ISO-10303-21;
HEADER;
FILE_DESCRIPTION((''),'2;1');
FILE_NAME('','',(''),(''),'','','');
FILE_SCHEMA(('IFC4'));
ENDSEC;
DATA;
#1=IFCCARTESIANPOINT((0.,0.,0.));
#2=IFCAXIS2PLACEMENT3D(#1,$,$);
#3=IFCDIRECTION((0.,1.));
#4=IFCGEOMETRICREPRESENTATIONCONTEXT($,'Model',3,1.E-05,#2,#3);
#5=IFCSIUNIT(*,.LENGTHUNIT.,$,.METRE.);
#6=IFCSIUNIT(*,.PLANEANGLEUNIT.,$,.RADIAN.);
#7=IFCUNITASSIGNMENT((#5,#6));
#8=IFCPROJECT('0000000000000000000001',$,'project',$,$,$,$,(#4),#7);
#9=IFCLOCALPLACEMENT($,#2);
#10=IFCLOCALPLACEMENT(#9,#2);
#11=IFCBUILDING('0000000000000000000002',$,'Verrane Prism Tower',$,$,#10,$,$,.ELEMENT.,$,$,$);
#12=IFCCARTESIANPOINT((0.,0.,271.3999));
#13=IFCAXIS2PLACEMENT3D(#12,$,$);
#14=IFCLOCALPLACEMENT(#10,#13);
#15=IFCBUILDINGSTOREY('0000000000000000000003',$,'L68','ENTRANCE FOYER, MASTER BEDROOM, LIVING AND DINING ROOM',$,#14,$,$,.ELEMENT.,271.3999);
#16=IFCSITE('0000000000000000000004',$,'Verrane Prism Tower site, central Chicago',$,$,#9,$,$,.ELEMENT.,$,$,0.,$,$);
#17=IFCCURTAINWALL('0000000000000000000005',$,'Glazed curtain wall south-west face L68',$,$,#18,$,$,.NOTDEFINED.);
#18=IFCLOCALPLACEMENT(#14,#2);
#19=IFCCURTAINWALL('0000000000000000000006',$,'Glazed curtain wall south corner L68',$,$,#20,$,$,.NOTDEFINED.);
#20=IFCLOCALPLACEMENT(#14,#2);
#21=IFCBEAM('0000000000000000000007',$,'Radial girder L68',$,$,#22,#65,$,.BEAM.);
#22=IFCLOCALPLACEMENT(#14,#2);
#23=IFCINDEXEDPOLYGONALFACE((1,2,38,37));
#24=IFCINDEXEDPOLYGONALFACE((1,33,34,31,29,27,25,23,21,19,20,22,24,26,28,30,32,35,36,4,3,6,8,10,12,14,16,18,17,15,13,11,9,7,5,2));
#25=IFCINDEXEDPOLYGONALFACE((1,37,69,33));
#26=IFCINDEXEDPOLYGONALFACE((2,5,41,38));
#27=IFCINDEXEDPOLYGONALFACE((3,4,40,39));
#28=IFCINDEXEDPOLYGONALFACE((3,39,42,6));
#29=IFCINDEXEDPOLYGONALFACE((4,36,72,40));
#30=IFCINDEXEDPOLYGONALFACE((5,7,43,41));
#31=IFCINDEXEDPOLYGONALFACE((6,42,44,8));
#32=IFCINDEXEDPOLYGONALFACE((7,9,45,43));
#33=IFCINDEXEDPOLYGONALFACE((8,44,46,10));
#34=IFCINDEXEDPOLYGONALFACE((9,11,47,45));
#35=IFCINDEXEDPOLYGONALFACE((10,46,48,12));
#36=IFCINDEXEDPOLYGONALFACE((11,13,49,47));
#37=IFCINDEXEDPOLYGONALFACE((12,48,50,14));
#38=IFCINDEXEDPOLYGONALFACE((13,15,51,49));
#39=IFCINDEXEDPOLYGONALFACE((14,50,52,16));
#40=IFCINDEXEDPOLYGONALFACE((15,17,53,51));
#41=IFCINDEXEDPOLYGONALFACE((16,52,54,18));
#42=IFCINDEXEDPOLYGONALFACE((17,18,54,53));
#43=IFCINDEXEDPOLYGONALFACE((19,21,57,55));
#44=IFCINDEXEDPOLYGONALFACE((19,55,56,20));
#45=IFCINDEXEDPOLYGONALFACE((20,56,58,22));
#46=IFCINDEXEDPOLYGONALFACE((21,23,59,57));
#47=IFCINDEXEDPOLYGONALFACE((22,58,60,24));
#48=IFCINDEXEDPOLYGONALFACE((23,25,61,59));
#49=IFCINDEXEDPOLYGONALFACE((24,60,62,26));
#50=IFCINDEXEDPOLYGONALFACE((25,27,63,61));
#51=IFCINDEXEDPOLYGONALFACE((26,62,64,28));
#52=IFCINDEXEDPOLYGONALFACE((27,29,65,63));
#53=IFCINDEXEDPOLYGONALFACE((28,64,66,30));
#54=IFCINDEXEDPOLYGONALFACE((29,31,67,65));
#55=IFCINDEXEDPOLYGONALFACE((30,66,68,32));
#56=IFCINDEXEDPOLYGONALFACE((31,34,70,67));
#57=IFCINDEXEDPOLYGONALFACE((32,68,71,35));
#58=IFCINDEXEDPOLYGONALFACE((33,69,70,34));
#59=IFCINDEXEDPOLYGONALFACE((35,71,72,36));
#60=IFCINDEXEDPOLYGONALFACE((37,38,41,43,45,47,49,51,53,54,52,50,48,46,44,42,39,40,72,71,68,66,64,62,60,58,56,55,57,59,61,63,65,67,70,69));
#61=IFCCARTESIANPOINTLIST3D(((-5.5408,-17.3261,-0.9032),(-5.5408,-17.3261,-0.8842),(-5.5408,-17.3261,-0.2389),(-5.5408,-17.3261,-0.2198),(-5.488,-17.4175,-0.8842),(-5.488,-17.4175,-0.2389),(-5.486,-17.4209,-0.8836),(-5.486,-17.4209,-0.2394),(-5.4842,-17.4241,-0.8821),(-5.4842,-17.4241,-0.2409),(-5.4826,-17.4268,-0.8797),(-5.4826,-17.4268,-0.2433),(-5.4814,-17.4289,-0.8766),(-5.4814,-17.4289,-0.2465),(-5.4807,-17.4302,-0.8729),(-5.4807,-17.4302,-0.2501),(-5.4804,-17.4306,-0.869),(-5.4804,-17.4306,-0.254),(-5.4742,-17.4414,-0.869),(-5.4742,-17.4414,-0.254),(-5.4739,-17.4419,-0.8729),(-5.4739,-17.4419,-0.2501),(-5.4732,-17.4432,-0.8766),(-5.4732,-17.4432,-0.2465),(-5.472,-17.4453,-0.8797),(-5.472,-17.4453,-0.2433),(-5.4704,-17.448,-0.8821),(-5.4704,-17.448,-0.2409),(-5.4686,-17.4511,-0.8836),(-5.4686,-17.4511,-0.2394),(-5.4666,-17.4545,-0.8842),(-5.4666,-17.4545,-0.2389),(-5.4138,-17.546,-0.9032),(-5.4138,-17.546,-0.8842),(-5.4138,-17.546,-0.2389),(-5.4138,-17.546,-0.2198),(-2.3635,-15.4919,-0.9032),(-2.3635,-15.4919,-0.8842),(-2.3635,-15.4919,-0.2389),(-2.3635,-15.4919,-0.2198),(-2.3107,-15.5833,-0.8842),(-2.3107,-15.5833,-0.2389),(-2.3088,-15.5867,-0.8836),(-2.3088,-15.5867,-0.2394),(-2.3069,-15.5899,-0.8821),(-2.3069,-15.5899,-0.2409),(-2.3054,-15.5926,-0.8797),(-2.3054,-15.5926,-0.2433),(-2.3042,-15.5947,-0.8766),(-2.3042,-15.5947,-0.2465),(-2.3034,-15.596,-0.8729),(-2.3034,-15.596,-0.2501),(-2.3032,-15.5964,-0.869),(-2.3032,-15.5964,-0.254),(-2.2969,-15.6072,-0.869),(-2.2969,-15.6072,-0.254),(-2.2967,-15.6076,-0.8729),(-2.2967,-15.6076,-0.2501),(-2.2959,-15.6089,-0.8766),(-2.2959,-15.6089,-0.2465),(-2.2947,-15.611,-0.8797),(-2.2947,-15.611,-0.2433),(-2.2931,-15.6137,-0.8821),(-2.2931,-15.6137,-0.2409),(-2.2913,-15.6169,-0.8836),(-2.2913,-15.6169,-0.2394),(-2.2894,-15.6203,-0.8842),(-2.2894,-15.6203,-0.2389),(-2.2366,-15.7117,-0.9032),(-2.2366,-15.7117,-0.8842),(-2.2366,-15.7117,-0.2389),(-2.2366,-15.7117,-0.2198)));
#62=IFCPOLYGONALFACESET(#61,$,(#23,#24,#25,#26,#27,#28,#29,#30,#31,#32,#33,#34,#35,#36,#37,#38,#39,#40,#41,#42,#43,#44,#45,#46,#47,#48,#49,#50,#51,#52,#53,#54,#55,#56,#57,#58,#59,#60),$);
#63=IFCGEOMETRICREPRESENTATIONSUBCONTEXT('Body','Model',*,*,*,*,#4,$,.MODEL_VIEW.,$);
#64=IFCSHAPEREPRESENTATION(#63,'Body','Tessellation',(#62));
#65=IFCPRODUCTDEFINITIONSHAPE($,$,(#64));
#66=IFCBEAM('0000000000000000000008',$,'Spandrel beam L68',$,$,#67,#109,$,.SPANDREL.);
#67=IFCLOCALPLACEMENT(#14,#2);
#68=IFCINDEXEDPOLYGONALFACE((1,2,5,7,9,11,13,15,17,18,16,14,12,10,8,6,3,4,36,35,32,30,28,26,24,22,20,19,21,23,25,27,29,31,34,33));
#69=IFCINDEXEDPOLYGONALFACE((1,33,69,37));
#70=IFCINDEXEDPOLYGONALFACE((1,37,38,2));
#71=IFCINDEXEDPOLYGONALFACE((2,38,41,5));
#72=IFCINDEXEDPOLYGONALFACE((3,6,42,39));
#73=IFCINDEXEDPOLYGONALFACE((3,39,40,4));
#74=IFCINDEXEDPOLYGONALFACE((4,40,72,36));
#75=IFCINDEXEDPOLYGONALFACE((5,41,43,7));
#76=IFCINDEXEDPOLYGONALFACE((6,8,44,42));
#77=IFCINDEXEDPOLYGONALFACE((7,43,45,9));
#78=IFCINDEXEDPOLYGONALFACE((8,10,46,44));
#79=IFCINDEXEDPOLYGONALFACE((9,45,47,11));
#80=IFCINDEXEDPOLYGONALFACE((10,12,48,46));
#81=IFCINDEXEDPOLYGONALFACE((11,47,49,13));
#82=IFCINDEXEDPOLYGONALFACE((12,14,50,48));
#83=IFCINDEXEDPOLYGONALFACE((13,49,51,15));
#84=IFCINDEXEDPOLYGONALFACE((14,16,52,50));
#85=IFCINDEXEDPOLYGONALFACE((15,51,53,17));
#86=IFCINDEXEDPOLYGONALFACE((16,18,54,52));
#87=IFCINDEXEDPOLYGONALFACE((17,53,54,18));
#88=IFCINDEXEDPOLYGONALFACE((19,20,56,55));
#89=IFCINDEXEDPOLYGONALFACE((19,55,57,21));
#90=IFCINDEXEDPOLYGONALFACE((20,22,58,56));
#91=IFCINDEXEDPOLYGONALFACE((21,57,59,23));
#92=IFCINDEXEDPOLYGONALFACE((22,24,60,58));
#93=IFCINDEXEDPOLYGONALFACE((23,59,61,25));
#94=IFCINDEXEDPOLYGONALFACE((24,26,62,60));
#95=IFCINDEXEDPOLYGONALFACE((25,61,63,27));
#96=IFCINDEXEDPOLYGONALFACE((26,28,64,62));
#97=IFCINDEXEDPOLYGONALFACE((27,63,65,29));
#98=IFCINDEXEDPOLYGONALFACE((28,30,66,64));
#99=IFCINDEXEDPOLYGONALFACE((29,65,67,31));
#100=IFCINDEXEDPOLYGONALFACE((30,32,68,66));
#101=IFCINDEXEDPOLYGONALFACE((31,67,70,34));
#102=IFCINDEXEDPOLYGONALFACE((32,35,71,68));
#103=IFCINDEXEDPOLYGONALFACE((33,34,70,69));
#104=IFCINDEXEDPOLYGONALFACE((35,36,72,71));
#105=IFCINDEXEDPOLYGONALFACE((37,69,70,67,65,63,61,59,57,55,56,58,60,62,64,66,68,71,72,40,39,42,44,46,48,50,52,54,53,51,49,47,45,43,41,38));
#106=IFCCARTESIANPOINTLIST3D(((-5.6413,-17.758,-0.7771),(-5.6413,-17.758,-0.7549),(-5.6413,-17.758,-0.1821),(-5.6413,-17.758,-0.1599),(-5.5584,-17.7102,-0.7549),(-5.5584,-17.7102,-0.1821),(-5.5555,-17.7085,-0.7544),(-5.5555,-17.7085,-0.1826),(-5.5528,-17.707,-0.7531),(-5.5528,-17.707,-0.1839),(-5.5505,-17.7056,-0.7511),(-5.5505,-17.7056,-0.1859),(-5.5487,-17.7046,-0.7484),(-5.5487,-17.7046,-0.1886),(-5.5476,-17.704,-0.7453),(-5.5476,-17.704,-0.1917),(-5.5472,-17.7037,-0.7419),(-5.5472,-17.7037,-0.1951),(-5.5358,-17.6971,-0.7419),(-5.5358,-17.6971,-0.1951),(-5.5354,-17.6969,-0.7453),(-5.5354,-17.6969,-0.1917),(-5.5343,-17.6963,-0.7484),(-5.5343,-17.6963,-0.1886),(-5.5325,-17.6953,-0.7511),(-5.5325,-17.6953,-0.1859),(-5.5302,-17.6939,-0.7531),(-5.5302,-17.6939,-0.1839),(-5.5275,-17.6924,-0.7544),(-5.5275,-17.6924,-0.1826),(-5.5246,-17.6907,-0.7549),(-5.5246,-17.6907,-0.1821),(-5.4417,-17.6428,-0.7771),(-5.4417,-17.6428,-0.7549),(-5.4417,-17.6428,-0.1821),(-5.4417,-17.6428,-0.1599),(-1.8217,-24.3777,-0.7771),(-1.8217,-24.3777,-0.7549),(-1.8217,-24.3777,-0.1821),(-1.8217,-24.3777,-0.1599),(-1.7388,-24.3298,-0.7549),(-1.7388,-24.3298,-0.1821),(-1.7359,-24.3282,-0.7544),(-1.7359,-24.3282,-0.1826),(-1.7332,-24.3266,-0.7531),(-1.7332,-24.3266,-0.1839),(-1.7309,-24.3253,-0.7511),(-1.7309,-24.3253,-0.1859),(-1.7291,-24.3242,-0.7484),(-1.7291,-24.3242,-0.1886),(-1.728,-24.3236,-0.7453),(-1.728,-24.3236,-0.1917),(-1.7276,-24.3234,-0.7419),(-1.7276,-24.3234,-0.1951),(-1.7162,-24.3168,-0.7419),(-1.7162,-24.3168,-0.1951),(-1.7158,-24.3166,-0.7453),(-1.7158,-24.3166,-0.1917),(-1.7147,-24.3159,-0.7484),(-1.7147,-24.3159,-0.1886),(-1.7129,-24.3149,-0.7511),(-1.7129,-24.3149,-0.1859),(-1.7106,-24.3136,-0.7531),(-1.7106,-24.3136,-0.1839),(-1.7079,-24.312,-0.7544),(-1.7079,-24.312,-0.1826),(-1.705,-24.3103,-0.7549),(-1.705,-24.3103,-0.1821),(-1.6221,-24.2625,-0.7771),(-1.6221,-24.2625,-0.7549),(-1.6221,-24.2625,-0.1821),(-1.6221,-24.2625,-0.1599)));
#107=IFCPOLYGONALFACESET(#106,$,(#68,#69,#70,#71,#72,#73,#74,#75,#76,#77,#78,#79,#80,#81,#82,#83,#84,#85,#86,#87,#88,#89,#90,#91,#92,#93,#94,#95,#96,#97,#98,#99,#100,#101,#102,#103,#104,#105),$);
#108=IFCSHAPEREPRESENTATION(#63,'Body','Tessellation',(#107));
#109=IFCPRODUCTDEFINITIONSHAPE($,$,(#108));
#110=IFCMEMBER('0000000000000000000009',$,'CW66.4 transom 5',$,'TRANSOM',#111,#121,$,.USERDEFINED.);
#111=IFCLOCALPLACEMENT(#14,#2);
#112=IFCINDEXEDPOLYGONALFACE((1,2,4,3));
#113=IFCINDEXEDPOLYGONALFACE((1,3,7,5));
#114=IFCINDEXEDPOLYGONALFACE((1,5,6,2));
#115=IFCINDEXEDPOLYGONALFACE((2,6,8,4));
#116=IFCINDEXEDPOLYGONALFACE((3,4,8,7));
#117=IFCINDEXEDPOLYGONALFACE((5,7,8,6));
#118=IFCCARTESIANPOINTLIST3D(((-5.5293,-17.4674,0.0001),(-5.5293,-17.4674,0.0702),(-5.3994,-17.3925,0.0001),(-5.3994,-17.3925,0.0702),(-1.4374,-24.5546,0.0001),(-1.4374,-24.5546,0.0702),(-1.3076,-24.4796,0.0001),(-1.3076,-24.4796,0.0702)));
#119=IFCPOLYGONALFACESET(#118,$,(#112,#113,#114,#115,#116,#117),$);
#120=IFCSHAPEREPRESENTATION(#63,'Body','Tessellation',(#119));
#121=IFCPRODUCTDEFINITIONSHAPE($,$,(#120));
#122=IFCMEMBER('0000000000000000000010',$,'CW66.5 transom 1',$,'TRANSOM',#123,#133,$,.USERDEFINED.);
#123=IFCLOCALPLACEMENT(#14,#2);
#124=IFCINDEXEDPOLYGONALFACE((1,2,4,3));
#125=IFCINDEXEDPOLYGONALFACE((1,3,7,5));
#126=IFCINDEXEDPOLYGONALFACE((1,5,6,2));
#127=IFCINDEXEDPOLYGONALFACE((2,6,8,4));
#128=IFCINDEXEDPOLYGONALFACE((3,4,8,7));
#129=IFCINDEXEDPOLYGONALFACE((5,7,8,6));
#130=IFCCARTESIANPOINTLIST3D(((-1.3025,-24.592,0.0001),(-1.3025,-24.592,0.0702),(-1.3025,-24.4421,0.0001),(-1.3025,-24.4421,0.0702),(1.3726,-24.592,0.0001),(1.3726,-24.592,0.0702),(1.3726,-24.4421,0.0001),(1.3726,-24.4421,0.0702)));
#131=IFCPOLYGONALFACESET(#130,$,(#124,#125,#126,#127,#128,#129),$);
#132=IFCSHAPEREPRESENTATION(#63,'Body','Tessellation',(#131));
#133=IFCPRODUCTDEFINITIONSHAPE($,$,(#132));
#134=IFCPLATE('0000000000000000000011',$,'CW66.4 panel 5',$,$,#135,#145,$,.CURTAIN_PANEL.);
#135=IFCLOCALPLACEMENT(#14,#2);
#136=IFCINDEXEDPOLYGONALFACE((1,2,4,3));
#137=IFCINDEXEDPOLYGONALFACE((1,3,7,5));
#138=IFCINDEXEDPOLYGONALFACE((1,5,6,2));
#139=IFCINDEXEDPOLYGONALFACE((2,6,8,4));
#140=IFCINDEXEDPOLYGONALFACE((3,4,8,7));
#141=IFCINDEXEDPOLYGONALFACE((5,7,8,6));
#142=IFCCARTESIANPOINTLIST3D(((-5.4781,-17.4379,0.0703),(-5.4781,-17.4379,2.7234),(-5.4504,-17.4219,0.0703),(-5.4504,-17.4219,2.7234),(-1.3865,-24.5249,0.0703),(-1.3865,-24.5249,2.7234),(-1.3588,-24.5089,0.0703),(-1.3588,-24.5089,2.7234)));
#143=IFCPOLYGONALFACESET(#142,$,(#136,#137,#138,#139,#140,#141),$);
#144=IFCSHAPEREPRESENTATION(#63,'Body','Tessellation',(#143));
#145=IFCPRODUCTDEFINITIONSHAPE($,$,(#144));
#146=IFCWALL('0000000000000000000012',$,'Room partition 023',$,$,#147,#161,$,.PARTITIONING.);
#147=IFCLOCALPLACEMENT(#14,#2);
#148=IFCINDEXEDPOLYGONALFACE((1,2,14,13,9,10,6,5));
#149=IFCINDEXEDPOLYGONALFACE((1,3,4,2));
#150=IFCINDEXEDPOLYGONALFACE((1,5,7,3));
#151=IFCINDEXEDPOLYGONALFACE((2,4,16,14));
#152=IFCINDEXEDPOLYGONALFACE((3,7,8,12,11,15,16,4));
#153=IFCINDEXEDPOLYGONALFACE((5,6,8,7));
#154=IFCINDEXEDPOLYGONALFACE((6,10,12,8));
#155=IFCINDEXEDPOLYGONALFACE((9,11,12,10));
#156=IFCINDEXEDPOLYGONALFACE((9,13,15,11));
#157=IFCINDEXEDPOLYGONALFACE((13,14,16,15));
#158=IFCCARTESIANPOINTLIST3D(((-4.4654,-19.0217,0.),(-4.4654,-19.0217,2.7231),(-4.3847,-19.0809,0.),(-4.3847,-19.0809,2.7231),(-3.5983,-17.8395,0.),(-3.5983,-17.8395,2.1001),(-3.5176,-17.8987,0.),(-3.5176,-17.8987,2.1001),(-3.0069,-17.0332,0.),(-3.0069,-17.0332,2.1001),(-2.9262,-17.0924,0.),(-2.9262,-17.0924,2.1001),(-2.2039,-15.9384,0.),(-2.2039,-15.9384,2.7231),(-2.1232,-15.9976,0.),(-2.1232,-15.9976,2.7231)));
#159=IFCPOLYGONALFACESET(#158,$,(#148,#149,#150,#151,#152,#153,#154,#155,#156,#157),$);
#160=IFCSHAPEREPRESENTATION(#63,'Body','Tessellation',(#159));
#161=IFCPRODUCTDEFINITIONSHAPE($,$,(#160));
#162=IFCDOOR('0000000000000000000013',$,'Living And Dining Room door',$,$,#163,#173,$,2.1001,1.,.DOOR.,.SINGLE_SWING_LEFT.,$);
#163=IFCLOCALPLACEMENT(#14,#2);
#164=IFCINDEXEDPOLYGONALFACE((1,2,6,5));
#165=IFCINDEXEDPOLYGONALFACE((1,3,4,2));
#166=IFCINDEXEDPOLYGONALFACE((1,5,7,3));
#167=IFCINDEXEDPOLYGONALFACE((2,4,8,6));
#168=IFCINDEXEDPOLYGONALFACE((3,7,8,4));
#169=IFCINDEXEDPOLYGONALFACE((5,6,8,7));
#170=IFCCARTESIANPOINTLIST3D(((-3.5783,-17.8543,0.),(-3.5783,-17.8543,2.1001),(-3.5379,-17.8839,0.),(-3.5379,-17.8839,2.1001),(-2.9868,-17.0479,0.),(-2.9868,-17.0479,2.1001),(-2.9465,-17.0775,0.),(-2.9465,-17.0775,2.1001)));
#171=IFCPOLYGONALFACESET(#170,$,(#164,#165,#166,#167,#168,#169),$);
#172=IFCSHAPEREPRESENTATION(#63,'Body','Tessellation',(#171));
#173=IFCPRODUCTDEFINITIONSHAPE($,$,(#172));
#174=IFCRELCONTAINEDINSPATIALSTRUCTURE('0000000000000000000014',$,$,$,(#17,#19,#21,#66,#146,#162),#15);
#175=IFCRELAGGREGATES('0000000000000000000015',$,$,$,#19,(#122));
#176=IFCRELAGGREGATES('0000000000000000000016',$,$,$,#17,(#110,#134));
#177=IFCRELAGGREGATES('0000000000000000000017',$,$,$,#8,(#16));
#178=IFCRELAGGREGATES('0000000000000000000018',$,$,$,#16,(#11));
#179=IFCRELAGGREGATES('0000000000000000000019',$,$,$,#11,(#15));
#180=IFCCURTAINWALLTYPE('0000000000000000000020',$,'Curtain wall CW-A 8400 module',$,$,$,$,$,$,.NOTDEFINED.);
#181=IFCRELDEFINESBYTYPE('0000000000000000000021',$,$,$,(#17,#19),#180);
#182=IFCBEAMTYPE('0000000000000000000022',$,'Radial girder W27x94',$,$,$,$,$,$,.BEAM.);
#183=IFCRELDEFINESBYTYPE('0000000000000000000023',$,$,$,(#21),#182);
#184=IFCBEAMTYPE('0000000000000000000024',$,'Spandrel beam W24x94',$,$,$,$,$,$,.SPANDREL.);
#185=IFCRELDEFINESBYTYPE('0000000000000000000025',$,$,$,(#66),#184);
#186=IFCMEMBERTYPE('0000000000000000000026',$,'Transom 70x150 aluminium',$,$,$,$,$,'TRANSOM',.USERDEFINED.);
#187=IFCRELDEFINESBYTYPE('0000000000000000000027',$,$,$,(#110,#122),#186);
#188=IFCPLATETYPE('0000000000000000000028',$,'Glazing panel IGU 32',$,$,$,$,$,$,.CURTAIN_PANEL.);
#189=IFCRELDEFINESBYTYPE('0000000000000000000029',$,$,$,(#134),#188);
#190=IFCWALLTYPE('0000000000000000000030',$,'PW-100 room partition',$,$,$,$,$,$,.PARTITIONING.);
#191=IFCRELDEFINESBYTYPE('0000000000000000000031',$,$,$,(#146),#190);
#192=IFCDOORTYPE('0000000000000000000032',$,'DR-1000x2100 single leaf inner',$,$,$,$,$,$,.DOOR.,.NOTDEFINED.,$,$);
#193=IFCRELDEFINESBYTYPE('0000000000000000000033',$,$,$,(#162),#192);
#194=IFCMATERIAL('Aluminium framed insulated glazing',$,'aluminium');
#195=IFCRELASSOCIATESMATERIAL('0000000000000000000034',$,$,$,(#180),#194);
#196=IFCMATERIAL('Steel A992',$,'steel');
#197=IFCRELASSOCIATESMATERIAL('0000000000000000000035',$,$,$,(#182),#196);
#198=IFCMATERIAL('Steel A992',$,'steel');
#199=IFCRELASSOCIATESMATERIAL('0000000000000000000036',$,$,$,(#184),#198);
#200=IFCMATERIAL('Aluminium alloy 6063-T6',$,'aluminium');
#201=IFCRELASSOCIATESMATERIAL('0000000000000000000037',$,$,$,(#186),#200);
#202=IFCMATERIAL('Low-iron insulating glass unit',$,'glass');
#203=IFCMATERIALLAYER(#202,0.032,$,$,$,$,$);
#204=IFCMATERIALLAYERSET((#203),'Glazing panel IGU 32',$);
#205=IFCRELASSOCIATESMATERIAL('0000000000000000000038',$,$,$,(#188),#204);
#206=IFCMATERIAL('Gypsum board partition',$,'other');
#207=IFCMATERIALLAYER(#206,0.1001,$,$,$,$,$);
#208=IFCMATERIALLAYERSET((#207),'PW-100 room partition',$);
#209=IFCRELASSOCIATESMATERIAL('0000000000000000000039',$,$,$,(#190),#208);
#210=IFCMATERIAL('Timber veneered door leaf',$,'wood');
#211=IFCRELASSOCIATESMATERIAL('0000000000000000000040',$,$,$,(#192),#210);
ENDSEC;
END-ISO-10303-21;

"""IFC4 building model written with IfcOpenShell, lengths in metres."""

from ifc_helpers import new_model, si_unit, direction, frame, frame_2d, origin, origin_2d, place, context, subcontext, project, spatial, rectangle, i_section, extrude, material, layer, layer_set, material_profile, profile_set, type_object, element, fill, aggregate, save


model = new_model("IFC4")

# Units and contexts
model_context = context("Model", 3, precision=1e-05, world=origin(), true_north=direction((0.0, 1.0)))
body_context = subcontext(model_context, "Body", "Model", "MODEL_VIEW")
ifc_project = project(units=[si_unit("LENGTHUNIT", "METRE"), si_unit("PLANEANGLEUNIT", "RADIAN")], contexts=[model_context])

# Site, building, storey
site_placement = place(None, origin())
site = spatial("IfcSite", under=ifc_project, at=site_placement, Name="Verrane Prism Tower site, central Chicago", CompositionType="ELEMENT", RefElevation=0.0)
building_placement = place(site_placement, origin())
building = spatial("IfcBuilding", under=site, at=building_placement, Name="Verrane Prism Tower", CompositionType="ELEMENT")
storey_placement = place(building_placement, frame((0.0, 0.0, 271.3999)))
storey = spatial("IfcBuildingStorey", under=building, at=storey_placement, Name="L68", Description="ENTRANCE FOYER, MASTER BEDROOM, LIVING AND DINING ROOM", CompositionType="ELEMENT", Elevation=271.3999)

# Curtain walls
ifc_material_1 = material(Name="Aluminium framed insulated glazing", Category="aluminium")
curtain_wall_type = type_object("IfcCurtainWallType", Name="Curtain wall CW-A 8400 module", PredefinedType="NOTDEFINED", material=ifc_material_1)
curtain_wall_1_placement = place(storey_placement, origin())
curtain_wall_1 = element("IfcCurtainWall", 1, at=curtain_wall_1_placement, inside=storey, type_object=curtain_wall_type, Name="Glazed curtain wall south-west face L68", PredefinedType="NOTDEFINED")
curtain_wall_2_placement = place(storey_placement, origin())
curtain_wall_2 = element("IfcCurtainWall", 2, at=curtain_wall_2_placement, inside=storey, type_object=curtain_wall_type, Name="Glazed curtain wall south corner L68", PredefinedType="NOTDEFINED")

# Beams
ifc_material_2 = material(Name="Steel A992", Category="steel")
ifc_material_profile_1 = material_profile(ifc_material_2, i_section(OverallWidth=0.2539, OverallDepth=0.6833, WebThickness=0.0125, FlangeThickness=0.019, FilletRadius=0.0151, at=origin_2d()), Name="W27x94")
ifc_profile_set_1 = profile_set([ifc_material_profile_1], Name="Steel A992")
beam_type_1 = type_object("IfcBeamType", Name="Radial girder W27x94", PredefinedType="BEAM", material=ifc_profile_set_1)
beam_1_placement = place(storey_placement, frame((-5.4773, -17.436, -0.5615), z_axis=(0.866044, 0.499968, 0.0), x_axis=(-0.499968, 0.866044, 0.0)))
element("IfcBeam", 3, at=beam_1_placement, inside=storey, type_object=beam_type_1, Name="Radial girder L68", PredefinedType="BEAM", context=body_context, shape_type="SweptSolid", body=[
    extrude(i_section(OverallWidth=0.2539, OverallDepth=0.6833, WebThickness=0.0125, FlangeThickness=0.019, FilletRadius=0.0151, at=origin_2d()), origin(), (0.0, 0.0, 1.0), 3.6687),
])
ifc_material_3 = material(Name="Steel A992", Category="steel")
ifc_material_profile_2 = material_profile(ifc_material_3, i_section(OverallWidth=0.2305, OverallDepth=0.6172, WebThickness=0.0132, FlangeThickness=0.0222, FilletRadius=0.0129, at=origin_2d()), Name="W24x94")
ifc_profile_set_2 = profile_set([ifc_material_profile_2], Name="Steel A992")
beam_type_2 = type_object("IfcBeamType", Name="Spandrel beam W24x94", PredefinedType="SPANDREL", material=ifc_profile_set_2)
beam_2_placement = place(storey_placement, frame((-5.5415, -17.7004, -0.4685), z_axis=(0.499778, -0.866154, 0.0), x_axis=(0.866154, 0.499778, 0.0)))
element("IfcBeam", 4, at=beam_2_placement, inside=storey, type_object=beam_type_2, Name="Spandrel beam L68", PredefinedType="SPANDREL", context=body_context, shape_type="SweptSolid", body=[
    extrude(i_section(OverallWidth=0.2305, OverallDepth=0.6172, WebThickness=0.0132, FlangeThickness=0.0222, FilletRadius=0.0129, at=origin_2d()), origin(), (0.0, 0.0, 1.0), 7.6426),
])

# Members
ifc_material_4 = material(Name="Aluminium alloy 6063-T6", Category="aluminium")
ifc_material_profile_3 = material_profile(ifc_material_4, rectangle(XDim=0.1499, YDim=0.0701, at=origin_2d()), Name="Transom 70x150 aluminium")
ifc_profile_set_3 = profile_set([ifc_material_profile_3], Name="Aluminium alloy 6063-T6")
member_type_1 = type_object("IfcMemberType", Name="Transom 70x150 aluminium", ElementType="TRANSOM", PredefinedType="USERDEFINED", material=ifc_profile_set_3)
member_1_placement = place(storey_placement, frame((-5.4644, -17.4299, 0.0352), z_axis=(0.500002, -0.866024, 0.0), x_axis=(0.866024, 0.500002, 0.0)))
member_1 = element("IfcMember", 5, at=member_1_placement, type_object=member_type_1, Name="CW66.4 transom 5", ObjectType="TRANSOM", PredefinedType="USERDEFINED", context=body_context, shape_type="SweptSolid", body=[
    extrude(rectangle(XDim=0.1499, YDim=0.0701, at=origin_2d()), origin(), (0.0, 0.0, 1.0), 8.1836),
])
member_2_placement = place(storey_placement, frame((-1.3025, -24.5171, 0.0352), z_axis=(1.0, 0.0, 0.0), x_axis=(0.0, 1.0, 0.0)))
member_2 = element("IfcMember", 6, at=member_2_placement, type_object=member_type_1, Name="CW66.5 transom 1", ObjectType="TRANSOM", PredefinedType="USERDEFINED", context=body_context, shape_type="SweptSolid", body=[
    extrude(rectangle(XDim=0.1499, YDim=0.0701, at=origin_2d()), origin(), (0.0, 0.0, 1.0), 2.675),
])
aggregate(curtain_wall_2, [member_2])

# Plate
ifc_material_5 = material(Name="Low-iron insulating glass unit", Category="glass")
ifc_layer_1 = layer(ifc_material_5, 0.032)
ifc_layer_set_1 = layer_set([ifc_layer_1], Name="Glazing panel IGU 32")
plate_type = type_object("IfcPlateType", Name="Glazing panel IGU 32", PredefinedType="CURTAIN_PANEL", material=ifc_layer_set_1)
plate_placement = place(storey_placement, frame((-3.4185, -20.9734, 0.0703), z_axis=(0.0, 0.0, 1.0), x_axis=(0.500001, -0.866025, 0.0)))
plate = element("IfcPlate", 7, at=plate_placement, type_object=plate_type, Name="CW66.4 panel 5", PredefinedType="CURTAIN_PANEL", context=body_context, shape_type="SweptSolid", body=[
    extrude(rectangle(XDim=8.1833, YDim=0.032, at=origin_2d()), origin(), (0.0, 0.0, 1.0), 2.6531),
])
aggregate(curtain_wall_1, [member_1, plate])

# Wall, opening, door
ifc_material_6 = material(Name="Gypsum board partition", Category="other")
ifc_layer_2 = layer(ifc_material_6, 0.1001)
ifc_layer_set_2 = layer_set([ifc_layer_2], Name="PW-100 room partition")
wall_type_1 = type_object("IfcWallType", Name="PW-100 room partition", PredefinedType="PARTITIONING", material=ifc_layer_set_2)
wall_1_placement = place(storey_placement, frame((-2.1636, -15.968, 0.0), z_axis=(0.0, 0.0, 1.0), x_axis=(-0.591436, -0.806352, 0.0)))
wall_1 = element("IfcWall", 8, at=wall_1_placement, inside=storey, type_object=wall_type_1, Name="Room partition 023", PredefinedType="PARTITIONING", context=body_context, shape_type="SweptSolid", body=[
    extrude(rectangle(XDim=3.8237, YDim=0.1001, at=frame_2d((1.9119, 0.0))), origin(), (0.0, 0.0, 1.0), 2.7231),
])
opening_placement = place(wall_1_placement, frame((1.3577, 0.0, 0.0)))
opening = element("IfcOpeningElement", 9, at=opening_placement, cuts=wall_1, PredefinedType="OPENING", context=body_context, shape_type="SweptSolid", body=[
    extrude(rectangle(XDim=1.0, YDim=2.1001, at=frame_2d((0.5, 1.05))), frame((0.0, 0.0601, 0.0), z_axis=(0.0, -1.0, 0.0), x_axis=(1.0, 0.0, 0.0)), (0.0, 0.0, 1.0), 0.1201),
])
ifc_material_7 = material(Name="Timber veneered door leaf", Category="wood")
door_type = type_object("IfcDoorType", Name="DR-1000x2100 single leaf inner", OperationType="NOTDEFINED", PredefinedType="DOOR", material=ifc_material_7)
door_placement = place(opening_placement, origin())
door = element("IfcDoor", 10, at=door_placement, inside=storey, type_object=door_type, Name="Living And Dining Room door", OperationType="SINGLE_SWING_LEFT", OverallHeight=2.1001, OverallWidth=1.0, PredefinedType="DOOR", context=body_context, shape_type="SweptSolid", body=[
    extrude(rectangle(XDim=1.0, YDim=2.1001, at=frame_2d((0.5, 1.05))), frame((0.0, 0.0249, 0.0), z_axis=(0.0, -1.0, 0.0), x_axis=(1.0, 0.0, 0.0)), (0.0, 0.0, 1.0), 0.05),
])
fill(opening, door)

save(model, "model.ifc")
